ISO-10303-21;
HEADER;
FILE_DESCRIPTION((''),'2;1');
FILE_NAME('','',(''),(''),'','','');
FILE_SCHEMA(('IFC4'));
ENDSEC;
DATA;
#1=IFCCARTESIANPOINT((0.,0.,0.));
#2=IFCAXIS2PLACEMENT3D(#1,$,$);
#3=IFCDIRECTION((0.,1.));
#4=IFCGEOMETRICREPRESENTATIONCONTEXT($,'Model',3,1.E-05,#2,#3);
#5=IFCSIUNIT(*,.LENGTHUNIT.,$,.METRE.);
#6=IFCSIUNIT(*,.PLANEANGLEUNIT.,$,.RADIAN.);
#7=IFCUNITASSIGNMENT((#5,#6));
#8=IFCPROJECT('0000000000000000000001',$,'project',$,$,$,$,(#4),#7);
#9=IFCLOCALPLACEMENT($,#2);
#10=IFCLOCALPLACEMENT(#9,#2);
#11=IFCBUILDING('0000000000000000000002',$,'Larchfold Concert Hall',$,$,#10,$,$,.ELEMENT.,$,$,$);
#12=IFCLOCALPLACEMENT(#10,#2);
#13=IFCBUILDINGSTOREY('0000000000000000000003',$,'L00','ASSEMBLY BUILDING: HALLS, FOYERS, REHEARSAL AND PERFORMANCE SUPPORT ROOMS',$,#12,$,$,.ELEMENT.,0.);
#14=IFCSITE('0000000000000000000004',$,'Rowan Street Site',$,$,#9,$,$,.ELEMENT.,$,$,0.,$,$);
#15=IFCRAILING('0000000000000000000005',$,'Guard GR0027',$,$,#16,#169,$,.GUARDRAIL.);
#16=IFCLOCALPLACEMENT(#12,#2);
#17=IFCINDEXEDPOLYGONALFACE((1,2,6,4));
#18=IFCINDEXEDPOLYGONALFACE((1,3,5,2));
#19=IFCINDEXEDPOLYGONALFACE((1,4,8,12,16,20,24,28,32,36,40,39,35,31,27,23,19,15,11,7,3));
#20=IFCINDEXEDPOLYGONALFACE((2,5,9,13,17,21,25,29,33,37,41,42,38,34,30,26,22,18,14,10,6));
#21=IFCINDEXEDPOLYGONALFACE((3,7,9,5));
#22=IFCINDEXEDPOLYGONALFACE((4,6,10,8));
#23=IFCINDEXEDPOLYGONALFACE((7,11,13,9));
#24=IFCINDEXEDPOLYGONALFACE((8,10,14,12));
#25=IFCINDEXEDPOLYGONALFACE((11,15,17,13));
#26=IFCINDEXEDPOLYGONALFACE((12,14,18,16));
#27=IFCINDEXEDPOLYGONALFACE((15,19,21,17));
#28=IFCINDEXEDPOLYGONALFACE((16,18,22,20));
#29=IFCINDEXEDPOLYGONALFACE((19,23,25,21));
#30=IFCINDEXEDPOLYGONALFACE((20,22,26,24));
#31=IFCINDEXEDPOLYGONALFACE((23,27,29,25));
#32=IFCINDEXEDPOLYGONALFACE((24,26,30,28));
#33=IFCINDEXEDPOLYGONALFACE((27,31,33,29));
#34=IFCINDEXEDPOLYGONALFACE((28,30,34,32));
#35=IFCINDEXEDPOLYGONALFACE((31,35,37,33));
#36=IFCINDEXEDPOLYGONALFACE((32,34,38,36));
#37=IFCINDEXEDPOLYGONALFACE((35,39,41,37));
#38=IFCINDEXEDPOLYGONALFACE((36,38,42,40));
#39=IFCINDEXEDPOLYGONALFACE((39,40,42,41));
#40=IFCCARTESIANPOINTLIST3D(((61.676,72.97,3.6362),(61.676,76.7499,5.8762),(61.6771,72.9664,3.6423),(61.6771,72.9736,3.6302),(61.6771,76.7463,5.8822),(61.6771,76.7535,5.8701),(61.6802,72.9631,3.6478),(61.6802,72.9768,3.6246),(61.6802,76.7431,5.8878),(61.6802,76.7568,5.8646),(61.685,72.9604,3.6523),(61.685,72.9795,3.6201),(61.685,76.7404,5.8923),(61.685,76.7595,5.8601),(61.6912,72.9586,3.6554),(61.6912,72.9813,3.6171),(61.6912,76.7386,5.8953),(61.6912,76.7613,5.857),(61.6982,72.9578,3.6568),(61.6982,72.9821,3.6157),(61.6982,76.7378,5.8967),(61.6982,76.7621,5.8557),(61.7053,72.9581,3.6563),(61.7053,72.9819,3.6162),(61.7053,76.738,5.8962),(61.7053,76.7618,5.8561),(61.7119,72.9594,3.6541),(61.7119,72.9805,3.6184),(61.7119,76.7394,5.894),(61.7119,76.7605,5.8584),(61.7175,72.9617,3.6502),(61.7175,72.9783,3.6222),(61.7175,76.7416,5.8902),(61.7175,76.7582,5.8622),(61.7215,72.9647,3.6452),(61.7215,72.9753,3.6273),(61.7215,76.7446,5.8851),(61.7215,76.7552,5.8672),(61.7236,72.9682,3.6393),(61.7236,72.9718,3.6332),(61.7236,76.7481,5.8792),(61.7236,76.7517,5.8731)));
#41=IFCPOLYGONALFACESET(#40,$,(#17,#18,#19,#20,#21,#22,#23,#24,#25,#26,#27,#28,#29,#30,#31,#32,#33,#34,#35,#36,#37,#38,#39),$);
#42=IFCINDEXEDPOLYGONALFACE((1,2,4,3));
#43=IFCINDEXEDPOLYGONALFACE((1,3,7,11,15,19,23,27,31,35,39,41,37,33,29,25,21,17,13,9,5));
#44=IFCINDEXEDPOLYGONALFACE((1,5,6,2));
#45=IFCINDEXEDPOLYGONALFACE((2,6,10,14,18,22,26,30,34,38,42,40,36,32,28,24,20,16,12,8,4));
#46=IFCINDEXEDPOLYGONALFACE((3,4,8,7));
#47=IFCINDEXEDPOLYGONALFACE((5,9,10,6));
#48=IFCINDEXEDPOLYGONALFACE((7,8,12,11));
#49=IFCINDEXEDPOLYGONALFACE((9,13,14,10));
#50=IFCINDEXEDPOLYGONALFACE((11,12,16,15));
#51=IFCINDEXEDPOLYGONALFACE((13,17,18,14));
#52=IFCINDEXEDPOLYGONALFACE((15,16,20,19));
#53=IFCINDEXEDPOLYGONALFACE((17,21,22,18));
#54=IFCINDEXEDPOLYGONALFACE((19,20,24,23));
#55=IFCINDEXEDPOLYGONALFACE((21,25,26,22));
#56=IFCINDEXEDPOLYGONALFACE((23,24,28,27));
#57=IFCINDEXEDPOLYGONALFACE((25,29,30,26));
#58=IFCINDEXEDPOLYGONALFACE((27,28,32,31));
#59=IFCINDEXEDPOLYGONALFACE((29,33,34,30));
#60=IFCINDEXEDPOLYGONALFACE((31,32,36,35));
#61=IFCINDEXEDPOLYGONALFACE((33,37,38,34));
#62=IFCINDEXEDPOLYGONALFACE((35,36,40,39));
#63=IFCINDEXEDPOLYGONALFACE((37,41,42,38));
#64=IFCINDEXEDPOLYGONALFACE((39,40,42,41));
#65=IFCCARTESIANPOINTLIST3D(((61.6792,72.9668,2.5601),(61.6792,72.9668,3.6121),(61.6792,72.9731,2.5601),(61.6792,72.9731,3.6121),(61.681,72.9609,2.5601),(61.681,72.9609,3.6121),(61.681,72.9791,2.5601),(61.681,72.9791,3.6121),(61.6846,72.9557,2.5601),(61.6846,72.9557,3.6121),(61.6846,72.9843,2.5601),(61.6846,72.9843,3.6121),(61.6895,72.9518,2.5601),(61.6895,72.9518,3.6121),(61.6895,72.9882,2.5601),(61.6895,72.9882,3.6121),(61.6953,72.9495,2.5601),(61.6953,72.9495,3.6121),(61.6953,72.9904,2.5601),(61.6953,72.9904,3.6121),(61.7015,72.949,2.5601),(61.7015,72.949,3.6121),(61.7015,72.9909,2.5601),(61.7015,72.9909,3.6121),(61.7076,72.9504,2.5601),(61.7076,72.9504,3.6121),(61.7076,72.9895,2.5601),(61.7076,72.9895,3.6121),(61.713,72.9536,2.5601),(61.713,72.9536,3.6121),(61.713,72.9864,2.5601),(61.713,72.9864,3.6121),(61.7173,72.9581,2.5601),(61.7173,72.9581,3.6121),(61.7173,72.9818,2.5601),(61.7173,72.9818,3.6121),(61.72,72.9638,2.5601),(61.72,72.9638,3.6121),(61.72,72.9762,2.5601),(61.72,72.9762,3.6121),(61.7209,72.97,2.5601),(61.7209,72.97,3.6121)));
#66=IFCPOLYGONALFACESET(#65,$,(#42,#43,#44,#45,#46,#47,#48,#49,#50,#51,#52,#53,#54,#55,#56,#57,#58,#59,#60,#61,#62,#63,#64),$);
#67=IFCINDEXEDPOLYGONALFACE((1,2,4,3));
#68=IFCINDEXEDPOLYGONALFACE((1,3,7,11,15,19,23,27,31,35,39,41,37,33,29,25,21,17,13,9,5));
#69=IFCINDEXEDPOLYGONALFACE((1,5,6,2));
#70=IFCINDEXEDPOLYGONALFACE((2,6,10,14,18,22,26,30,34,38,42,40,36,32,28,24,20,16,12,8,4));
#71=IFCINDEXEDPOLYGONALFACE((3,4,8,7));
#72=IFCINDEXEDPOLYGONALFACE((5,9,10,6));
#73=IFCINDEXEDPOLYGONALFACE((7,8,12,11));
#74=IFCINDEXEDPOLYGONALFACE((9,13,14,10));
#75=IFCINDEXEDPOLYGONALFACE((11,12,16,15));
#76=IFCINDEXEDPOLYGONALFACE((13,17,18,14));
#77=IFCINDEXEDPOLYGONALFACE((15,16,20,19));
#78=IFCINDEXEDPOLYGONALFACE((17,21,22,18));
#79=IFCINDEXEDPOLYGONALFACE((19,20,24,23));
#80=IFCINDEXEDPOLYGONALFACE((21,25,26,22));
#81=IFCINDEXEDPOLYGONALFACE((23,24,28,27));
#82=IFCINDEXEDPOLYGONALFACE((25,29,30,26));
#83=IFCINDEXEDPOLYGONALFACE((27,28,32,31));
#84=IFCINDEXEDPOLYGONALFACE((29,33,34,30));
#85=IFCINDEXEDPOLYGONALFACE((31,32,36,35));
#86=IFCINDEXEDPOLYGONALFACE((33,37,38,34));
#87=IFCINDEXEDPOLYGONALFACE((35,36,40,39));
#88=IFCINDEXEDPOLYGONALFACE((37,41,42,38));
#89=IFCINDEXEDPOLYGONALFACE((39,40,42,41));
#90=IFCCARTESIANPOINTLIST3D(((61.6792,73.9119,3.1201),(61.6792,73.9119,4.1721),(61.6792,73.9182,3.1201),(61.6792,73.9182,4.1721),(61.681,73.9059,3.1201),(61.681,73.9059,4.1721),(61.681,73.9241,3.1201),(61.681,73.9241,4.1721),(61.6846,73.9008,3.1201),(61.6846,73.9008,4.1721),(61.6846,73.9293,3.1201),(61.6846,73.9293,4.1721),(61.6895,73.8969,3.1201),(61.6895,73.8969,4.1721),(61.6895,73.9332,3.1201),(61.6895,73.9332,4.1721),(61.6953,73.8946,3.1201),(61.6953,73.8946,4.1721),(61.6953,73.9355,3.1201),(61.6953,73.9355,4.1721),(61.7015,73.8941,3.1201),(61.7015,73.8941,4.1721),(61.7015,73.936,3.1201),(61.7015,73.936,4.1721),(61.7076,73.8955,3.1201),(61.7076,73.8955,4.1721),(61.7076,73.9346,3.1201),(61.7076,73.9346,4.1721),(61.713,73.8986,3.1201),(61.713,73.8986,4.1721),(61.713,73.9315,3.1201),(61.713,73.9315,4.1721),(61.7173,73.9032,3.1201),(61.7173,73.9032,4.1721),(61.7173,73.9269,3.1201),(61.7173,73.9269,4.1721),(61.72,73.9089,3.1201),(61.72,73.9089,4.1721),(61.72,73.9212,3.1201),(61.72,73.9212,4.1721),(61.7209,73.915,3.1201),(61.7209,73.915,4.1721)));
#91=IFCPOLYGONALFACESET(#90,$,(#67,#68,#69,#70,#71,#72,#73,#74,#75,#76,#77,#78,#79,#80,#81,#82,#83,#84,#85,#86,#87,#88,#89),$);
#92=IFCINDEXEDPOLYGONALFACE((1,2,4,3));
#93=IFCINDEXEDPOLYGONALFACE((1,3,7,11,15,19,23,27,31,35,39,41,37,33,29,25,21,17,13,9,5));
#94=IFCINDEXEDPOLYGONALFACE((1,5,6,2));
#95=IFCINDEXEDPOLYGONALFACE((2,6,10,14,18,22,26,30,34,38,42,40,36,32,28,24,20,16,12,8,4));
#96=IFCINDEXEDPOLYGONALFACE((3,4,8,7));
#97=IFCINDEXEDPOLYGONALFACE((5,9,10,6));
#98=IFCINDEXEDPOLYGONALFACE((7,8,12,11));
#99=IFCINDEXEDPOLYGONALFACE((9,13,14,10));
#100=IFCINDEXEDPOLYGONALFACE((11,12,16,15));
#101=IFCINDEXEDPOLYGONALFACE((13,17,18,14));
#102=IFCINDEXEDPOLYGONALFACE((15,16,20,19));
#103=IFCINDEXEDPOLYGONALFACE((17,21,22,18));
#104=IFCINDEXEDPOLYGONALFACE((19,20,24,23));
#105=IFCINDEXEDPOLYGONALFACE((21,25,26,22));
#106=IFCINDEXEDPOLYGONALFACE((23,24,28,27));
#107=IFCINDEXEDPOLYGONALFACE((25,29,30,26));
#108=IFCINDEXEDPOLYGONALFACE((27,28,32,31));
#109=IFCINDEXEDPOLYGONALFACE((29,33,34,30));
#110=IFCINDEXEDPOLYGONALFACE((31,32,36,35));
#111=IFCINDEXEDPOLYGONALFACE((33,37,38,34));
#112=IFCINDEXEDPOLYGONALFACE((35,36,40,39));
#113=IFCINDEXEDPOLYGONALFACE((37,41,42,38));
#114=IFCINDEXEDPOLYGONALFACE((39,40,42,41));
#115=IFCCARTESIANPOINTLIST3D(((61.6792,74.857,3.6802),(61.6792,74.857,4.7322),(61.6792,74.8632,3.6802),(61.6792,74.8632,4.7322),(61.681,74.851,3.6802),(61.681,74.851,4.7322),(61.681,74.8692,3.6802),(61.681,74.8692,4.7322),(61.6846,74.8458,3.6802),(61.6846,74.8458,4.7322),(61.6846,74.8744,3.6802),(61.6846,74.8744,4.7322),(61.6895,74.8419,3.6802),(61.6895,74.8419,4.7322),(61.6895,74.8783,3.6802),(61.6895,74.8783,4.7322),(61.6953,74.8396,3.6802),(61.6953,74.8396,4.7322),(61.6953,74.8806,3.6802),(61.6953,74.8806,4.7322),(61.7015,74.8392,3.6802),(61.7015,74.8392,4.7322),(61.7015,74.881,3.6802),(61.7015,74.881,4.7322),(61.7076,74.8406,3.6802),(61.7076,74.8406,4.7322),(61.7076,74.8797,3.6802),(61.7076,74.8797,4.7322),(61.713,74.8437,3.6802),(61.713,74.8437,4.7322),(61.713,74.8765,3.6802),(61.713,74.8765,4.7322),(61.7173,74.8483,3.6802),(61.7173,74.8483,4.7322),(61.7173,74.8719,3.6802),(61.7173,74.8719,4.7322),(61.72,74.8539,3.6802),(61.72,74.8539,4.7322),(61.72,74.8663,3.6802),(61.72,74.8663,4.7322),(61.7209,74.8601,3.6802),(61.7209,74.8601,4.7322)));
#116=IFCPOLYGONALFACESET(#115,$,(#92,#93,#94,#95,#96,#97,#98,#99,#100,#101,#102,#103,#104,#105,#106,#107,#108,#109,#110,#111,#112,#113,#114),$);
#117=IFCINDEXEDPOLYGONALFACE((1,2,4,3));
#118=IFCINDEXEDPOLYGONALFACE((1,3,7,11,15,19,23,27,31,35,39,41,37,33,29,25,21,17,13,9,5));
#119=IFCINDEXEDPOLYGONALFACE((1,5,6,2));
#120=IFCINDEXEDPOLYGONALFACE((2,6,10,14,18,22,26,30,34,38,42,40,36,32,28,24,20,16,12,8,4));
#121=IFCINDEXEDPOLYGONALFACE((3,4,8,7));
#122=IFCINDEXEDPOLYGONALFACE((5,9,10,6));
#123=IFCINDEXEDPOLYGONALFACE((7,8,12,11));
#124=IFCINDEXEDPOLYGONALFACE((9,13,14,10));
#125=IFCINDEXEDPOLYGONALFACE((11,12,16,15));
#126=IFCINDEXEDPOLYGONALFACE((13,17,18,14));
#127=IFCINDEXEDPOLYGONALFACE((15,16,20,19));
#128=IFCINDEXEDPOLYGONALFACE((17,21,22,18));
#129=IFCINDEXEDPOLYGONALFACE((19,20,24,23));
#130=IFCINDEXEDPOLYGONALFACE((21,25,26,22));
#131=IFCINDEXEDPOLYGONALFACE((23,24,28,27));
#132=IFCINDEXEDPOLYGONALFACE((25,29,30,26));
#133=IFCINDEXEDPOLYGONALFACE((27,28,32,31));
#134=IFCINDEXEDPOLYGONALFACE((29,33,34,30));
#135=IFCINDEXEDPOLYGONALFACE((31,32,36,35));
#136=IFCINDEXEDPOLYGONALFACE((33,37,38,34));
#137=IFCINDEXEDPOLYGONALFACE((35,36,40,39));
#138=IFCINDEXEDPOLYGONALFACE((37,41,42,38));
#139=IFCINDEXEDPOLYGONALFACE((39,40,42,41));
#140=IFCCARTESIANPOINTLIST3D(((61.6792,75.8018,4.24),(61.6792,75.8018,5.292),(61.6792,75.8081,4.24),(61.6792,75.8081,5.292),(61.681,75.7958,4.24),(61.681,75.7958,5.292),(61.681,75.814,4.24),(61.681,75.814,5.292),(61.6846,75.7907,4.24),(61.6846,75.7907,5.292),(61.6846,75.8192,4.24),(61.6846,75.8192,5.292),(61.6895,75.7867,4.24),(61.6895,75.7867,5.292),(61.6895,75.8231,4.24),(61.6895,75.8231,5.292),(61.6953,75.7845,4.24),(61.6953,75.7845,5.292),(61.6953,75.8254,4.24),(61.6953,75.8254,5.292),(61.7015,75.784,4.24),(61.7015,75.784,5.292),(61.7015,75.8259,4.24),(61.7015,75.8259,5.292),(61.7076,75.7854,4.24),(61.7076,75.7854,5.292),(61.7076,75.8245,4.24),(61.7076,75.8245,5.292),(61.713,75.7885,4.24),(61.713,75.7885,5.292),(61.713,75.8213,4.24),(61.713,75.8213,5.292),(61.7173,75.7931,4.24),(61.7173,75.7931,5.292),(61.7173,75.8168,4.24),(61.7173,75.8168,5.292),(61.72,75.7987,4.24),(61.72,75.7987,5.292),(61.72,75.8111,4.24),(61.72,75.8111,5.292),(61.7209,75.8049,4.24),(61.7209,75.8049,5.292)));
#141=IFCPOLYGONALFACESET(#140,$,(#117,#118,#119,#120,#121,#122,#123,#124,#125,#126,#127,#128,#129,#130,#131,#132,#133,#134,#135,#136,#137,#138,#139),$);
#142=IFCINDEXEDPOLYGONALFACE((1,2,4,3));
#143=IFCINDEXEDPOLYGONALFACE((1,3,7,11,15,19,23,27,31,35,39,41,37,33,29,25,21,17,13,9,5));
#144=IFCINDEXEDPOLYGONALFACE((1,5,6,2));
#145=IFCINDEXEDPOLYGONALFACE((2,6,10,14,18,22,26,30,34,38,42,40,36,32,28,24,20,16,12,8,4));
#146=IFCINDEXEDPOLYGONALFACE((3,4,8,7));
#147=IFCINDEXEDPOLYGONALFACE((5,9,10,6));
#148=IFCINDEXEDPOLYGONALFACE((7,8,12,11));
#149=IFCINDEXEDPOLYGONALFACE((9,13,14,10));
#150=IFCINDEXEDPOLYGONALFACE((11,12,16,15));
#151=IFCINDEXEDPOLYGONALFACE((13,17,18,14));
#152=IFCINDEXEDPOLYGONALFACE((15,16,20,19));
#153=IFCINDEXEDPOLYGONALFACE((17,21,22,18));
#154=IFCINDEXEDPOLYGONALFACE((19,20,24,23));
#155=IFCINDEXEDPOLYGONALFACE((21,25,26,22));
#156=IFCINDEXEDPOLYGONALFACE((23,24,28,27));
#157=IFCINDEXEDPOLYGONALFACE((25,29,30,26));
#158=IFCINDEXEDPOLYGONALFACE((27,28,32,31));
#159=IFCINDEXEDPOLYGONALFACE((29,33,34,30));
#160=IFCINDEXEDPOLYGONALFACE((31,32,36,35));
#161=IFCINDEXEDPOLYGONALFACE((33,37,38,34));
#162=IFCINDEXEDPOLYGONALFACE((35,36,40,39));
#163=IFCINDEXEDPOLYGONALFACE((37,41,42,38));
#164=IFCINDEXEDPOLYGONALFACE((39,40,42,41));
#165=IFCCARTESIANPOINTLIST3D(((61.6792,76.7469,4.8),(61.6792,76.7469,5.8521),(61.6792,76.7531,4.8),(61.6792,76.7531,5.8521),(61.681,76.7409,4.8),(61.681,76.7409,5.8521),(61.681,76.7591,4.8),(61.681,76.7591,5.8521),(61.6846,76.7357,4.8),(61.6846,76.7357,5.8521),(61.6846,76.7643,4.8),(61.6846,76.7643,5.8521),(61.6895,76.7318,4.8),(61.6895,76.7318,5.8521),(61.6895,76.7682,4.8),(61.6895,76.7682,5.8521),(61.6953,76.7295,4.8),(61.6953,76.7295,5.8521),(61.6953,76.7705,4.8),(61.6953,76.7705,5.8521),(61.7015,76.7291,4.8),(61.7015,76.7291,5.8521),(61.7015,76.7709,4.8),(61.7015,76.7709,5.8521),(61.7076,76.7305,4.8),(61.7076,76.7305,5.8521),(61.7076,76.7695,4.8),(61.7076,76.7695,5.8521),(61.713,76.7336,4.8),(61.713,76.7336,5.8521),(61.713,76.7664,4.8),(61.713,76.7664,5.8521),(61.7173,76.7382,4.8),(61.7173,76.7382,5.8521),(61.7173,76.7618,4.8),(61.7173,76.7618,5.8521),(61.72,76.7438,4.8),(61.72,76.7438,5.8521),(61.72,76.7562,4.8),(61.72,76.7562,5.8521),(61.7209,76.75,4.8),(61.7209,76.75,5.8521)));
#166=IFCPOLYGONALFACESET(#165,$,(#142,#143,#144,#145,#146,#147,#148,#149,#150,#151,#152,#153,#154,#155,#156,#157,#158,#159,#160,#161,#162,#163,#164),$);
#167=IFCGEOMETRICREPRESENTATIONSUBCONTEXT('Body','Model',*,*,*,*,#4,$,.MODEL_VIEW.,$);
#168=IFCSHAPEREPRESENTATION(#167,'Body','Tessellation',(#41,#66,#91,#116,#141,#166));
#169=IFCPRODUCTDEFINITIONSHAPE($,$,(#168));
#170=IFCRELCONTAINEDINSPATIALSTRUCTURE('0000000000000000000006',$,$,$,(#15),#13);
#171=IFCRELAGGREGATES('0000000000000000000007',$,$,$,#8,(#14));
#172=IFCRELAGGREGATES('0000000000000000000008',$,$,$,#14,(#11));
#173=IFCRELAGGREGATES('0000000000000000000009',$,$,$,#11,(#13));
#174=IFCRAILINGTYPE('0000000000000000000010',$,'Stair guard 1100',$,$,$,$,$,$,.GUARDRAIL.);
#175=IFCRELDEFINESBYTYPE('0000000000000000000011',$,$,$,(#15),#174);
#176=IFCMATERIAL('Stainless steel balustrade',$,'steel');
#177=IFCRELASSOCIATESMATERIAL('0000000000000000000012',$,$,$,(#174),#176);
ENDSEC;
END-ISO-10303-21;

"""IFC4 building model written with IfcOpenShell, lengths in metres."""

from ifc_helpers import new_model, si_unit, direction, frame, origin, origin_2d, place, context, subcontext, project, spatial, circle, extrude, material, type_object, element, save


model = new_model("IFC4")

# Units and contexts
model_context = context("Model", 3, precision=1e-05, world=origin(), true_north=direction((0.0, 1.0)))
body_context = subcontext(model_context, "Body", "Model", "MODEL_VIEW")
ifc_project = project(units=[si_unit("LENGTHUNIT", "METRE"), si_unit("PLANEANGLEUNIT", "RADIAN")], contexts=[model_context])

# Site, building, storey
site_placement = place(None, origin())
site = spatial("IfcSite", under=ifc_project, at=site_placement, Name="Rowan Street Site", CompositionType="ELEMENT", RefElevation=0.0)
building_placement = place(site_placement, origin())
building = spatial("IfcBuilding", under=site, at=building_placement, Name="Larchfold Concert Hall", CompositionType="ELEMENT")
storey_placement = place(building_placement, origin())
storey = spatial("IfcBuildingStorey", under=building, at=storey_placement, Name="L00", Description="ASSEMBLY BUILDING: HALLS, FOYERS, REHEARSAL AND PERFORMANCE SUPPORT ROOMS", CompositionType="ELEMENT", Elevation=0.0)

# Railing
ifc_material_1 = material(Name="Stainless steel balustrade", Category="steel")
railing_type_1 = type_object("IfcRailingType", Name="Stair guard 1100", PredefinedType="GUARDRAIL", material=ifc_material_1)
railing_1_placement = place(storey_placement, frame((61.7, 72.97, 2.5601)))
element("IfcRailing", 1, at=railing_1_placement, inside=storey, type_object=railing_type_1, Name="Guard GR0027", PredefinedType="GUARDRAIL", context=body_context, shape_type="SweptSolid", body=[
    extrude(circle(Radius=0.0239, at=origin_2d()), frame((0.0, 0.0, 1.0762), z_axis=(0.0, 0.860294, 0.509798), x_axis=(-1.0, 0.0, 0.0)), (0.0, 0.0, 1.0), 4.3938),
    extrude(circle(Radius=0.021, at=origin_2d()), origin(), (0.0, 0.0, 1.0), 1.052),
    extrude(circle(Radius=0.021, at=origin_2d()), frame((0.0, 0.9451, 0.5601)), (0.0, 0.0, 1.0), 1.052),
    extrude(circle(Radius=0.021, at=origin_2d()), frame((0.0, 1.8901, 1.1201)), (0.0, 0.0, 1.0), 1.052),
    extrude(circle(Radius=0.021, at=origin_2d()), frame((0.0, 2.835, 1.6799)), (0.0, 0.0, 1.0), 1.052),
    extrude(circle(Radius=0.021, at=origin_2d()), frame((0.0, 3.78, 2.24)), (0.0, 0.0, 1.0), 1.052),
])

save(model, "model.ifc")
